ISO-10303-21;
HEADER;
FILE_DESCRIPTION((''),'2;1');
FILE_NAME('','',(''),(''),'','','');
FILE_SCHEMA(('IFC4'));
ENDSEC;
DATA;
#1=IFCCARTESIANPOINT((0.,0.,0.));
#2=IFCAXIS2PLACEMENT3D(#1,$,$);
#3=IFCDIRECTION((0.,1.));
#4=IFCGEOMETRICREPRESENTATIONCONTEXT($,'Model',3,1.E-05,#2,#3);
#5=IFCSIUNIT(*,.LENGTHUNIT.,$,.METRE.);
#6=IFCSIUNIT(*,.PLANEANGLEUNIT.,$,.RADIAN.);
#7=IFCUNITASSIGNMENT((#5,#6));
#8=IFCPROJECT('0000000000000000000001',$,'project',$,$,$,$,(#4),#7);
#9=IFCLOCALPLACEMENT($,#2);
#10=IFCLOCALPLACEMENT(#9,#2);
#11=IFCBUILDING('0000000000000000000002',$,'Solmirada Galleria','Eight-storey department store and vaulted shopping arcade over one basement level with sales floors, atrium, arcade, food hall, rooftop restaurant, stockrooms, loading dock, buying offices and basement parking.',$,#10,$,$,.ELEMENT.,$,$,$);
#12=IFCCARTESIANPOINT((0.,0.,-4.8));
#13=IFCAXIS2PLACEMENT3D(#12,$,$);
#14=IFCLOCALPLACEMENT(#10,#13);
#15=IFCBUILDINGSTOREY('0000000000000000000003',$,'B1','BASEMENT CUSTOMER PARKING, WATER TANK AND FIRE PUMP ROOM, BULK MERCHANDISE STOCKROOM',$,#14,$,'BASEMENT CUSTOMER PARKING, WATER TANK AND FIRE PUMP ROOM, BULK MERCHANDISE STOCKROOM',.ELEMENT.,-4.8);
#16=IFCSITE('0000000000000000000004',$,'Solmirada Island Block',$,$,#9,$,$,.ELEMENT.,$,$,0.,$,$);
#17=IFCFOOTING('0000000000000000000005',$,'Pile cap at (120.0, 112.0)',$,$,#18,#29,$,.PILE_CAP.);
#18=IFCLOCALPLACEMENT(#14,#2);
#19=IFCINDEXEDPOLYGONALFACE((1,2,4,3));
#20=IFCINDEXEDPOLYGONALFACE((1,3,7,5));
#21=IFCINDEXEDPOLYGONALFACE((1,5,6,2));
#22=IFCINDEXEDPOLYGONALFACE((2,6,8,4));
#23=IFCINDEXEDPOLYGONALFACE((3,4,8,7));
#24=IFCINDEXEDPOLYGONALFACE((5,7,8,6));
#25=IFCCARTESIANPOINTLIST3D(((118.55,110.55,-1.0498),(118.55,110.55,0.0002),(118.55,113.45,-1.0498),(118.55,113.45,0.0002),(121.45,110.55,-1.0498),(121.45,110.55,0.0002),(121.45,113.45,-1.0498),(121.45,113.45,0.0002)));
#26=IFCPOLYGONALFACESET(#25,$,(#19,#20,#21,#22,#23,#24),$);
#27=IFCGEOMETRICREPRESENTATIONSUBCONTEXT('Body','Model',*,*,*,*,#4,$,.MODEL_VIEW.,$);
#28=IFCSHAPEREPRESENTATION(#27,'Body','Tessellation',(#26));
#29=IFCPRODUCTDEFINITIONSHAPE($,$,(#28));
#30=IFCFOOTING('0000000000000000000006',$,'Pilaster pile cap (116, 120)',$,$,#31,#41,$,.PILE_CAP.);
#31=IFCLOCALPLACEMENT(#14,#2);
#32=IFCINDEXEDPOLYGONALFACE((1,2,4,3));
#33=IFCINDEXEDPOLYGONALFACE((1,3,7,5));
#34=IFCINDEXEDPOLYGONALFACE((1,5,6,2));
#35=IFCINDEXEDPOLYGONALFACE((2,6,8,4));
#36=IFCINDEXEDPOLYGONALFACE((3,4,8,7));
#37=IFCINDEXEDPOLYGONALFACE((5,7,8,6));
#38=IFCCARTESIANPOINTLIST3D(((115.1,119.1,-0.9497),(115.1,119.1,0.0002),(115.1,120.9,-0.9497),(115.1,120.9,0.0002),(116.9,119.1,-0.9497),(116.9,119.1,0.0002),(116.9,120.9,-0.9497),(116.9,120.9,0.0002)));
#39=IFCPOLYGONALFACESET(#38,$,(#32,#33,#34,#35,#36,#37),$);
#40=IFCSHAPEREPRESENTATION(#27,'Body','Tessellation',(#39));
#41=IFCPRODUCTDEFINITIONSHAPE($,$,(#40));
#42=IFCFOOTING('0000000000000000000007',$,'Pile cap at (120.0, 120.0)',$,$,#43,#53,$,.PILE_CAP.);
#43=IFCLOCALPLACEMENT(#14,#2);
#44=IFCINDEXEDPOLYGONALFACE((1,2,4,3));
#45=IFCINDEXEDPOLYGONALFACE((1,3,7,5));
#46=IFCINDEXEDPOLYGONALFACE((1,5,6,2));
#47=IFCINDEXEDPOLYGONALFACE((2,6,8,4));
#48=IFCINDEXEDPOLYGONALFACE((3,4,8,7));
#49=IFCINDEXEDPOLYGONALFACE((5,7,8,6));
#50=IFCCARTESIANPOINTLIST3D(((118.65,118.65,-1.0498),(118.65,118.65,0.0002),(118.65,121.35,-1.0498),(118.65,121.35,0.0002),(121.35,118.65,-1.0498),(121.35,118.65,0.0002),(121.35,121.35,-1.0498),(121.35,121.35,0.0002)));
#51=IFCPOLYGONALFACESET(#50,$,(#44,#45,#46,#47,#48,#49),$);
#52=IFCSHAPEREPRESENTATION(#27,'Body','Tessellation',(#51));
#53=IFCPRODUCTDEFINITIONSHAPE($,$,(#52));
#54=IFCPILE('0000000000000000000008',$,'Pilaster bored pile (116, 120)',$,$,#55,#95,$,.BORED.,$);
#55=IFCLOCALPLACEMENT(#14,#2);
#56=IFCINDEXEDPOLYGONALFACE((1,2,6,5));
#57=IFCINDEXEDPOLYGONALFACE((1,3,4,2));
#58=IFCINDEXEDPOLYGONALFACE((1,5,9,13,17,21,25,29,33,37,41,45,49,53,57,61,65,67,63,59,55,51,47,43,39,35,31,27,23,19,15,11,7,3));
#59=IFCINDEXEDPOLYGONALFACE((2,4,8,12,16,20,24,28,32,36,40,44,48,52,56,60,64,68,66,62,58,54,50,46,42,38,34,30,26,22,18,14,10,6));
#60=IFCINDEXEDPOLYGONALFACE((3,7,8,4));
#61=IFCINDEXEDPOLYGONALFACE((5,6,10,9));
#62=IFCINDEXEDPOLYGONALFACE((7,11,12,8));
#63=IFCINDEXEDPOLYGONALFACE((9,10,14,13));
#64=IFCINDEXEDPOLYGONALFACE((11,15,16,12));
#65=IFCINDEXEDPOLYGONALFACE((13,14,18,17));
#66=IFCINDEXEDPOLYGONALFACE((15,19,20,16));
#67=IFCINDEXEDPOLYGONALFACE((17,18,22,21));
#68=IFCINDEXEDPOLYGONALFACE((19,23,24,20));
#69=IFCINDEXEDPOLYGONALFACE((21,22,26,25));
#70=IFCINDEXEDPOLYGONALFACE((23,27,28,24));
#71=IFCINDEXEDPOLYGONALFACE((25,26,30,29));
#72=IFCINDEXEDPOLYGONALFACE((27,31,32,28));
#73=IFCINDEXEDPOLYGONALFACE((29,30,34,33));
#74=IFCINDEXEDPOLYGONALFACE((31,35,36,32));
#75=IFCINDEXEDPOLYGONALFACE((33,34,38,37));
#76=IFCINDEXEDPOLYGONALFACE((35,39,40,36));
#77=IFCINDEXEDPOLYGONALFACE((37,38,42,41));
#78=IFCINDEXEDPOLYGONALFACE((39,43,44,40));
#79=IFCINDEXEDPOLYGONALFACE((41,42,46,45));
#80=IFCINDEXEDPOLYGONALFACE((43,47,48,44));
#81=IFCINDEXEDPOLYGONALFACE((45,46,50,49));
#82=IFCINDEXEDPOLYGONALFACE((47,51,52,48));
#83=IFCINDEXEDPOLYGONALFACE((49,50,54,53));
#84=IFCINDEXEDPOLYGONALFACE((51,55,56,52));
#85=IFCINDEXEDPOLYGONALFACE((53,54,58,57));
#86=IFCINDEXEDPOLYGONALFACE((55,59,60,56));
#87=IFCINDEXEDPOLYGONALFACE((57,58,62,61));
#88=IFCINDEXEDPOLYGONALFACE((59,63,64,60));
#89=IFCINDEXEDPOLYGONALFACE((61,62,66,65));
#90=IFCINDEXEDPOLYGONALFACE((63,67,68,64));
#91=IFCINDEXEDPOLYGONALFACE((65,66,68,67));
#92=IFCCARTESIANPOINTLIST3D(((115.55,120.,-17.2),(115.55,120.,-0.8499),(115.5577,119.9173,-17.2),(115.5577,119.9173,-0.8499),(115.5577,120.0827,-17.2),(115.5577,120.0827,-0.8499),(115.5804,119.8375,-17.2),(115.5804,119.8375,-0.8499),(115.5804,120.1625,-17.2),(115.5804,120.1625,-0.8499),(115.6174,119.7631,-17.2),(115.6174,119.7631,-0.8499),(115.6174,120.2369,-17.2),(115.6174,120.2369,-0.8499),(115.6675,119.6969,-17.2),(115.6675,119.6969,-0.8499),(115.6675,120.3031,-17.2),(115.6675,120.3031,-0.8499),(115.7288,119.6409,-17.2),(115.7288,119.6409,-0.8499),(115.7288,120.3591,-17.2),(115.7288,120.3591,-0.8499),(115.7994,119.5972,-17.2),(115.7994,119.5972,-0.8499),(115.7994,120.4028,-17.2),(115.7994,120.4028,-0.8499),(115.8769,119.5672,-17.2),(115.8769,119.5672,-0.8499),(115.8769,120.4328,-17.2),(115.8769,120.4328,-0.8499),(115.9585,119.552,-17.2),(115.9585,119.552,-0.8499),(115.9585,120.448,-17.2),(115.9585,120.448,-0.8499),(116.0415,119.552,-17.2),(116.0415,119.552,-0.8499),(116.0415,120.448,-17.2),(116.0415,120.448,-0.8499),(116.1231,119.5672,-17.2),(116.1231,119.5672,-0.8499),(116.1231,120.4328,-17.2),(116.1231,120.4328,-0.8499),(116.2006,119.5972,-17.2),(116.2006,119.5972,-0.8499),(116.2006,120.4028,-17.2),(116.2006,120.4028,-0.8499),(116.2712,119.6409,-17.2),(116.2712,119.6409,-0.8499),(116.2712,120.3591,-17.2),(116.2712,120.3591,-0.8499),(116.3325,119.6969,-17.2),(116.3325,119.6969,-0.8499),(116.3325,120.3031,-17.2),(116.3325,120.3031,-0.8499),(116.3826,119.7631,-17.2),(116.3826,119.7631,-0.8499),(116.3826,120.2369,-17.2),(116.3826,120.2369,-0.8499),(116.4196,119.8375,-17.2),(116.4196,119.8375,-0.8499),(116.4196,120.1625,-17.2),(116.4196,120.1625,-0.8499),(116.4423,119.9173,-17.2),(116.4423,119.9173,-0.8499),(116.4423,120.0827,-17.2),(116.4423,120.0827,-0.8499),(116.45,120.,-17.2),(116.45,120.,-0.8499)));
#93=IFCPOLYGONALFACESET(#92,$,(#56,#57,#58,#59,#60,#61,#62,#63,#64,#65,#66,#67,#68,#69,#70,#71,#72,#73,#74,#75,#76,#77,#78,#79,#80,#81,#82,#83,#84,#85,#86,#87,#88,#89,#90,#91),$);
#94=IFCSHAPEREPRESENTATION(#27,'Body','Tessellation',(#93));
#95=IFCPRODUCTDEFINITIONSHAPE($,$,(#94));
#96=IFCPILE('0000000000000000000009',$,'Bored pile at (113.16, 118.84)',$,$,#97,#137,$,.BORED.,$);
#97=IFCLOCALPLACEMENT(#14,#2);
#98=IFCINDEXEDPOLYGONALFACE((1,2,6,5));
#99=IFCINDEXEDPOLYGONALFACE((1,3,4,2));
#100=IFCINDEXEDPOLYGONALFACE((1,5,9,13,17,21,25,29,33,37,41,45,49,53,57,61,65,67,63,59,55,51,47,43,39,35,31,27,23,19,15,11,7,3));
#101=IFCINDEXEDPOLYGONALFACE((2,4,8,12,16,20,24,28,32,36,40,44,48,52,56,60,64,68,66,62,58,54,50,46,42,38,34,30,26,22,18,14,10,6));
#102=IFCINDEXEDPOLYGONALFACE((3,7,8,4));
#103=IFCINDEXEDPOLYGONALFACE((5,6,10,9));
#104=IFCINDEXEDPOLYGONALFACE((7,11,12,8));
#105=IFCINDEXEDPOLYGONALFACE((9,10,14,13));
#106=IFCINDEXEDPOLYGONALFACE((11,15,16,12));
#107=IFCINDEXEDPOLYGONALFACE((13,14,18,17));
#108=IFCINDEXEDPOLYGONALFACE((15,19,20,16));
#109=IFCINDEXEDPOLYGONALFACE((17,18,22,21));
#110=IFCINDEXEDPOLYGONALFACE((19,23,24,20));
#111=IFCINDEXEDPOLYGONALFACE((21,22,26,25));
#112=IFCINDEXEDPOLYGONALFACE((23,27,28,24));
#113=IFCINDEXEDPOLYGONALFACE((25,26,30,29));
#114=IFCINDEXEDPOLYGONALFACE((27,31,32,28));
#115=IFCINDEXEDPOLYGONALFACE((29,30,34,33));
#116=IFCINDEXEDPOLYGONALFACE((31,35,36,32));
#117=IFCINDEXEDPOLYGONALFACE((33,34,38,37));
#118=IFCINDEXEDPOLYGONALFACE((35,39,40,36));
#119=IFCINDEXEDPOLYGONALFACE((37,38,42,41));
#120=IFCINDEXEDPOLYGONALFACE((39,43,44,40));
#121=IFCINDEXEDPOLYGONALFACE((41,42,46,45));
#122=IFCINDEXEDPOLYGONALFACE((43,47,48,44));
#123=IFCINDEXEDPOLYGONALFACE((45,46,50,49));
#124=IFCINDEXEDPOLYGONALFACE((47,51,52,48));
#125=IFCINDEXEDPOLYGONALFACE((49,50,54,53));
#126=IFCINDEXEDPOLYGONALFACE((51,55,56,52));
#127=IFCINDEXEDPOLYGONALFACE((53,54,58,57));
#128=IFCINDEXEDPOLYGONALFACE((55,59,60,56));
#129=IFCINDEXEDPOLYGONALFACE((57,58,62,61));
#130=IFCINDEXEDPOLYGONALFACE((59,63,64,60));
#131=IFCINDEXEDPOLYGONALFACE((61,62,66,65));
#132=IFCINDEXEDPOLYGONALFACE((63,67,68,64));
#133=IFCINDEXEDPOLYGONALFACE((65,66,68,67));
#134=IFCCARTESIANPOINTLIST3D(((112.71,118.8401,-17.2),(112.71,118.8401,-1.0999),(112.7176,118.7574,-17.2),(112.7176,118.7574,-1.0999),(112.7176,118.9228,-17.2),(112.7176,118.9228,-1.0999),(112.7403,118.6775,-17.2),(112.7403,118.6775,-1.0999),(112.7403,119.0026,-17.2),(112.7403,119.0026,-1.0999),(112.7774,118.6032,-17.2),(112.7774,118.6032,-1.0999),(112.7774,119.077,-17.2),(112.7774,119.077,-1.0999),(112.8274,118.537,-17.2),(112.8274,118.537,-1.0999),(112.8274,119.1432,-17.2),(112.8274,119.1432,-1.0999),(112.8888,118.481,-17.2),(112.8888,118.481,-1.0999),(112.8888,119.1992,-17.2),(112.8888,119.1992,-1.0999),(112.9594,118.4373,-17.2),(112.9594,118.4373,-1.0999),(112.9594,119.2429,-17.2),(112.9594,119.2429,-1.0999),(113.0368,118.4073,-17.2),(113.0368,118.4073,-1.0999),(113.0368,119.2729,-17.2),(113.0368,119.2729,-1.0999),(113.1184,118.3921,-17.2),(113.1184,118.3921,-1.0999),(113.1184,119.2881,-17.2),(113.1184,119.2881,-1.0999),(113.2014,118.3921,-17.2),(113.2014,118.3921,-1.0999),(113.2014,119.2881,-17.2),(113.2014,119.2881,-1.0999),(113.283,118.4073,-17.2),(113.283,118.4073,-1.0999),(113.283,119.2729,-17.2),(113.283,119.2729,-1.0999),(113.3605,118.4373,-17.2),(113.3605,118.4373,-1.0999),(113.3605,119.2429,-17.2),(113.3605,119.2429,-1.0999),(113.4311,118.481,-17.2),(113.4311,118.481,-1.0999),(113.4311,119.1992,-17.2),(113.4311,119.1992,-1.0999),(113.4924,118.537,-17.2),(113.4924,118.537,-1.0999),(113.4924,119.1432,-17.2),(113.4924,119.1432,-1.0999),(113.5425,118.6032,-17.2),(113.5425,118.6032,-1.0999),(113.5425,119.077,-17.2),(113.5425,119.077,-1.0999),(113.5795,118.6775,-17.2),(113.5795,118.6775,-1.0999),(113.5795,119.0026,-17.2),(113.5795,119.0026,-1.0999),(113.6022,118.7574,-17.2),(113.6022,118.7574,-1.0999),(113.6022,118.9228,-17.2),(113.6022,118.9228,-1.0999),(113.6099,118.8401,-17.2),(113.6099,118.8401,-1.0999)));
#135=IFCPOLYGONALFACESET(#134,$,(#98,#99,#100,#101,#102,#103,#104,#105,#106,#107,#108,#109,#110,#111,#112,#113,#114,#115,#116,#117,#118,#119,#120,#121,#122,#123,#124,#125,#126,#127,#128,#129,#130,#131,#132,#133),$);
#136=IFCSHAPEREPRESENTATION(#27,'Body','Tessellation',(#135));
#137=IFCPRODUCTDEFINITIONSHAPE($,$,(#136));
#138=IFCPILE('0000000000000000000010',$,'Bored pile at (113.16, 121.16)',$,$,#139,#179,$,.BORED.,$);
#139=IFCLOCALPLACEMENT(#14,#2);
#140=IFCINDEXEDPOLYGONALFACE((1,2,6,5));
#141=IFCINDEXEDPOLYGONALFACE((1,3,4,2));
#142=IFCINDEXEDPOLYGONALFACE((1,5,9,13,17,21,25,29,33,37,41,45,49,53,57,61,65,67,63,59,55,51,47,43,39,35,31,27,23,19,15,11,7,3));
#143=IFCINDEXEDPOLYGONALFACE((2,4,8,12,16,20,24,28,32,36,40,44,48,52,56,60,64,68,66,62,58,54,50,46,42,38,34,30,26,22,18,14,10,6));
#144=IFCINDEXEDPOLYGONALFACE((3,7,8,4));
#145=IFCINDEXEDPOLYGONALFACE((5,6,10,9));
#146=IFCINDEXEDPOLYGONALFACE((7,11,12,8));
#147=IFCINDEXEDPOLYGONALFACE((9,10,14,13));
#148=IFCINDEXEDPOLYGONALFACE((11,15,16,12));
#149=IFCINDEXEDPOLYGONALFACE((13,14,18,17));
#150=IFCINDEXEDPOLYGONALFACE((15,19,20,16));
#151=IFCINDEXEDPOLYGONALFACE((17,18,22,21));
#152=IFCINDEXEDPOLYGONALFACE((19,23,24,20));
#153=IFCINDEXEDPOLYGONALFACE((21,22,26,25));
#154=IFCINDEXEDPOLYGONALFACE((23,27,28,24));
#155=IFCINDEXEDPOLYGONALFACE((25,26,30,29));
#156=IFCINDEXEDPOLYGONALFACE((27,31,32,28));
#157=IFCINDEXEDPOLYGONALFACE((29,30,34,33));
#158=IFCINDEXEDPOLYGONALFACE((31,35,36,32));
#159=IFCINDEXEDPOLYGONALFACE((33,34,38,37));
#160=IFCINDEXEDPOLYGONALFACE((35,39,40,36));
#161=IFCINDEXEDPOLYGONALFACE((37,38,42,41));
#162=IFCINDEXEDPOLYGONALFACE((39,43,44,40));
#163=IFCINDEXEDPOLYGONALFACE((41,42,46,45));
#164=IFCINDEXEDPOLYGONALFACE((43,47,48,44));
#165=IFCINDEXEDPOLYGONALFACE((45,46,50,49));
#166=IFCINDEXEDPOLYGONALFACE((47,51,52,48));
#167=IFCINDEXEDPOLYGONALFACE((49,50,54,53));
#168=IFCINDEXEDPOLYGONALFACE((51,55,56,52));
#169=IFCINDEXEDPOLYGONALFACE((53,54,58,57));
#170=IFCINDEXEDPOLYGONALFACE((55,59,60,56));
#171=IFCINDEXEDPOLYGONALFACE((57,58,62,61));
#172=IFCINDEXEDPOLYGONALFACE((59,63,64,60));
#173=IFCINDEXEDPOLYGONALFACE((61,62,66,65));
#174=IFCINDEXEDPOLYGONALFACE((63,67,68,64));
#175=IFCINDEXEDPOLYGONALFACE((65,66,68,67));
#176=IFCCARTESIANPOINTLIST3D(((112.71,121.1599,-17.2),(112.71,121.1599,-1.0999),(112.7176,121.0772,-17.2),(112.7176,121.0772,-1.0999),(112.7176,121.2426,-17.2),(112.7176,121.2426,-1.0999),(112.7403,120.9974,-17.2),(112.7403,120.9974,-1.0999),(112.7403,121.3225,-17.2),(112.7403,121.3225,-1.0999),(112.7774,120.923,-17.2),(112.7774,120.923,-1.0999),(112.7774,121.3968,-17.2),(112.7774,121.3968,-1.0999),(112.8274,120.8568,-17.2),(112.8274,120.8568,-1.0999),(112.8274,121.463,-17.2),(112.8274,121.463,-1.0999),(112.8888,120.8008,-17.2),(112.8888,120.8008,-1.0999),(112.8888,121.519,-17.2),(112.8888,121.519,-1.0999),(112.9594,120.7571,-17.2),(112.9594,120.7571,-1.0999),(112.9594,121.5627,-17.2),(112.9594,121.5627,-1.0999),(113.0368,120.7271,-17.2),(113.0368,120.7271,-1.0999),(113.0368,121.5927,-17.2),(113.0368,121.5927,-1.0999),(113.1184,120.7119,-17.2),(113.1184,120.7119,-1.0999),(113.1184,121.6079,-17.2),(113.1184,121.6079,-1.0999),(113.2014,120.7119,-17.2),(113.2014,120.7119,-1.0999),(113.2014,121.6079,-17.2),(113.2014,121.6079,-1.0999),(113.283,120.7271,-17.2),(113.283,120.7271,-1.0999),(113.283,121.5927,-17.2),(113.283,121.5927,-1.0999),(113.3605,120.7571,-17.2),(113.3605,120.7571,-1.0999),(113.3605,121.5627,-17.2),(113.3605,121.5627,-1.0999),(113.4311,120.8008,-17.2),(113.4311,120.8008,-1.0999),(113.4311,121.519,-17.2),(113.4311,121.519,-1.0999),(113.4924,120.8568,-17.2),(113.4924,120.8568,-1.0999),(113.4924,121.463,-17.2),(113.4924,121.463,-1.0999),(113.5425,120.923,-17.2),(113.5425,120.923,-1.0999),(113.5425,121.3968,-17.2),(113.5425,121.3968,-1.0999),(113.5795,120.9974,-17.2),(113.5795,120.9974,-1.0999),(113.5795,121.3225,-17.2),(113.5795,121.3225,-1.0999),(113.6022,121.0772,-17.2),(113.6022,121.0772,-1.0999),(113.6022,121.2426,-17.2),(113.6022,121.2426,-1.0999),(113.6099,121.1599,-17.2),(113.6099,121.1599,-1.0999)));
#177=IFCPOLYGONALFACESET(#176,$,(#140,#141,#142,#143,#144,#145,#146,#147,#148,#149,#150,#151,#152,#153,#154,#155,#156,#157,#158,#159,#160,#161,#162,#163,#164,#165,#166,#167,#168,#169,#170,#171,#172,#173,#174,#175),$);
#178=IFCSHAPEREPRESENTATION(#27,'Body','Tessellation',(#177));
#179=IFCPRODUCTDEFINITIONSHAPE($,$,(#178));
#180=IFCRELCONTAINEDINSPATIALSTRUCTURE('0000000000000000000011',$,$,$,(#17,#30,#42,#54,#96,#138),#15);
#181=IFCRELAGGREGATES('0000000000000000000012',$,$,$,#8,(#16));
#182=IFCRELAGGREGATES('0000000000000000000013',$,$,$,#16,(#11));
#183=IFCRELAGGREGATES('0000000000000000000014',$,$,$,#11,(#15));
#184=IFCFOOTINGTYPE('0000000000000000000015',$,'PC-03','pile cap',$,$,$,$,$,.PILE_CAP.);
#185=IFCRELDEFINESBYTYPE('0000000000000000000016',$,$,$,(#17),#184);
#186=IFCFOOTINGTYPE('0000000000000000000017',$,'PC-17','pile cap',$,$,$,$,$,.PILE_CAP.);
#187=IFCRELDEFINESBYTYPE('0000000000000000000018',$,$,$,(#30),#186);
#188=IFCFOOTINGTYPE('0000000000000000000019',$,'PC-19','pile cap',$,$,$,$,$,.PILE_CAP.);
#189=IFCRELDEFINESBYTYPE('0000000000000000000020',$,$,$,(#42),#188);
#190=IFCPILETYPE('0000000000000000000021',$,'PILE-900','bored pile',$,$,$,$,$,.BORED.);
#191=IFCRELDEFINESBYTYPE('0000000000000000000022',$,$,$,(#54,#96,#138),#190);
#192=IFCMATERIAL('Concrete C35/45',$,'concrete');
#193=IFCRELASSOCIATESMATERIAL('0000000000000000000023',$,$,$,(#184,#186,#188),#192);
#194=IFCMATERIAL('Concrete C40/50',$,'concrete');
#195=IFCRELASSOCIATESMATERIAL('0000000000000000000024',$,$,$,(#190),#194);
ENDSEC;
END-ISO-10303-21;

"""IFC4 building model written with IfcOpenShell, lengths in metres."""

from ifc_helpers import new_model, si_unit, direction, frame, origin, origin_2d, place, context, subcontext, project, spatial, rectangle, circle, extrude, material, material_profile, profile_set, type_object, element, save


model = new_model("IFC4")

# Units and contexts
model_context = context("Model", 3, precision=1e-05, world=origin(), true_north=direction((0.0, 1.0)))
body_context = subcontext(model_context, "Body", "Model", "MODEL_VIEW")
ifc_project = project(units=[si_unit("LENGTHUNIT", "METRE"), si_unit("PLANEANGLEUNIT", "RADIAN")], contexts=[model_context])

# Site, building, storey
site_placement = place(None, origin())
site = spatial("IfcSite", under=ifc_project, at=site_placement, Name="Solmirada Island Block", CompositionType="ELEMENT", RefElevation=0.0)
building_placement = place(site_placement, origin())
building = spatial("IfcBuilding", under=site, at=building_placement, Name="Solmirada Galleria", Description="Eight-storey department store and vaulted shopping arcade over one basement level with sales floors, atrium, arcade, food hall, rooftop restaurant, stockrooms, loading dock, buying offices and basement parking.", CompositionType="ELEMENT")
storey_placement = place(building_placement, frame((0.0, 0.0, -4.8)))
storey = spatial("IfcBuildingStorey", under=building, at=storey_placement, Name="B1", Description="BASEMENT CUSTOMER PARKING, WATER TANK AND FIRE PUMP ROOM, BULK MERCHANDISE STOCKROOM", LongName="BASEMENT CUSTOMER PARKING, WATER TANK AND FIRE PUMP ROOM, BULK MERCHANDISE STOCKROOM", CompositionType="ELEMENT", Elevation=-4.8)

# Footings
ifc_material_1 = material(Name="Concrete C35/45", Category="concrete")
footing_type_1 = type_object("IfcFootingType", Name="PC-03", Description="pile cap", PredefinedType="PILE_CAP", material=ifc_material_1)
footing_1_placement = place(storey_placement, frame((120.0, 112.0, -1.0498), z_axis=(0.0, 0.0, 1.0), x_axis=(1.0, 0.0, 0.0)))
element("IfcFooting", 1, at=footing_1_placement, inside=storey, type_object=footing_type_1, Name="Pile cap at (120.0, 112.0)", PredefinedType="PILE_CAP", context=body_context, shape_type="SweptSolid", body=[
    extrude(rectangle(XDim=2.8999, YDim=2.8999, at=origin_2d()), origin(), (0.0, 0.0, 1.0), 1.05),
])
footing_type_2 = type_object("IfcFootingType", Name="PC-17", Description="pile cap", PredefinedType="PILE_CAP", material=ifc_material_1)
footing_2_placement = place(storey_placement, frame((116.0, 120.0, -0.9497), z_axis=(0.0, 0.0, 1.0), x_axis=(1.0, 0.0, 0.0)))
element("IfcFooting", 2, at=footing_2_placement, inside=storey, type_object=footing_type_2, Name="Pilaster pile cap (116, 120)", PredefinedType="PILE_CAP", context=body_context, shape_type="SweptSolid", body=[
    extrude(rectangle(XDim=1.8, YDim=1.8, at=origin_2d()), origin(), (0.0, 0.0, 1.0), 0.95),
])
footing_type_3 = type_object("IfcFootingType", Name="PC-19", Description="pile cap", PredefinedType="PILE_CAP", material=ifc_material_1)
footing_3_placement = place(storey_placement, frame((120.0, 120.0, -1.0498), z_axis=(0.0, 0.0, 1.0), x_axis=(1.0, 0.0, 0.0)))
element("IfcFooting", 3, at=footing_3_placement, inside=storey, type_object=footing_type_3, Name="Pile cap at (120.0, 120.0)", PredefinedType="PILE_CAP", context=body_context, shape_type="SweptSolid", body=[
    extrude(rectangle(XDim=2.7, YDim=2.7, at=origin_2d()), origin(), (0.0, 0.0, 1.0), 1.05),
])

# Piles
ifc_material_2 = material(Name="Concrete C40/50", Category="concrete")
ifc_material_profile_1 = material_profile(ifc_material_2, circle(Radius=0.45, at=origin_2d()), Name="PILE900")
ifc_profile_set_1 = profile_set([ifc_material_profile_1], Name="Concrete C40/50")
pile_type = type_object("IfcPileType", Name="PILE-900", Description="bored pile", PredefinedType="BORED", material=ifc_profile_set_1)
pile_placement = place(storey_placement, frame((116.0, 120.0, -0.8499), z_axis=(0.0, 0.0, -1.0), x_axis=(1.0, 0.0, 0.0)))
element("IfcPile", 4, at=pile_placement, inside=storey, type_object=pile_type, Name="Pilaster bored pile (116, 120)", PredefinedType="BORED", context=body_context, shape_type="SweptSolid", body=[
    extrude(circle(Radius=0.45, at=origin_2d()), origin(), (0.0, 0.0, 1.0), 16.3501),
])
for number, where, z_axis, x_axis, name in (
    (5, (113.1599, 118.8401, -1.0999), (0.0, 0.0, -1.0), (1.0, 0.0, 0.0), "Bored pile at (113.16, 118.84)"),
    (6, (113.1599, 121.1599, -1.0999), (0.0, 0.0, -1.0), (1.0, 0.0, 0.0), "Bored pile at (113.16, 121.16)"),
):
    element("IfcPile", number, at=place(storey_placement, frame(where, z_axis=z_axis, x_axis=x_axis)), inside=storey, type_object=pile_type, Name=name, PredefinedType="BORED", context=body_context, shape_type="SweptSolid", body=[
        extrude(circle(Radius=0.45, at=origin_2d()), origin(), (0.0, 0.0, 1.0), 16.1001),
    ])

save(model, "model.ifc")
